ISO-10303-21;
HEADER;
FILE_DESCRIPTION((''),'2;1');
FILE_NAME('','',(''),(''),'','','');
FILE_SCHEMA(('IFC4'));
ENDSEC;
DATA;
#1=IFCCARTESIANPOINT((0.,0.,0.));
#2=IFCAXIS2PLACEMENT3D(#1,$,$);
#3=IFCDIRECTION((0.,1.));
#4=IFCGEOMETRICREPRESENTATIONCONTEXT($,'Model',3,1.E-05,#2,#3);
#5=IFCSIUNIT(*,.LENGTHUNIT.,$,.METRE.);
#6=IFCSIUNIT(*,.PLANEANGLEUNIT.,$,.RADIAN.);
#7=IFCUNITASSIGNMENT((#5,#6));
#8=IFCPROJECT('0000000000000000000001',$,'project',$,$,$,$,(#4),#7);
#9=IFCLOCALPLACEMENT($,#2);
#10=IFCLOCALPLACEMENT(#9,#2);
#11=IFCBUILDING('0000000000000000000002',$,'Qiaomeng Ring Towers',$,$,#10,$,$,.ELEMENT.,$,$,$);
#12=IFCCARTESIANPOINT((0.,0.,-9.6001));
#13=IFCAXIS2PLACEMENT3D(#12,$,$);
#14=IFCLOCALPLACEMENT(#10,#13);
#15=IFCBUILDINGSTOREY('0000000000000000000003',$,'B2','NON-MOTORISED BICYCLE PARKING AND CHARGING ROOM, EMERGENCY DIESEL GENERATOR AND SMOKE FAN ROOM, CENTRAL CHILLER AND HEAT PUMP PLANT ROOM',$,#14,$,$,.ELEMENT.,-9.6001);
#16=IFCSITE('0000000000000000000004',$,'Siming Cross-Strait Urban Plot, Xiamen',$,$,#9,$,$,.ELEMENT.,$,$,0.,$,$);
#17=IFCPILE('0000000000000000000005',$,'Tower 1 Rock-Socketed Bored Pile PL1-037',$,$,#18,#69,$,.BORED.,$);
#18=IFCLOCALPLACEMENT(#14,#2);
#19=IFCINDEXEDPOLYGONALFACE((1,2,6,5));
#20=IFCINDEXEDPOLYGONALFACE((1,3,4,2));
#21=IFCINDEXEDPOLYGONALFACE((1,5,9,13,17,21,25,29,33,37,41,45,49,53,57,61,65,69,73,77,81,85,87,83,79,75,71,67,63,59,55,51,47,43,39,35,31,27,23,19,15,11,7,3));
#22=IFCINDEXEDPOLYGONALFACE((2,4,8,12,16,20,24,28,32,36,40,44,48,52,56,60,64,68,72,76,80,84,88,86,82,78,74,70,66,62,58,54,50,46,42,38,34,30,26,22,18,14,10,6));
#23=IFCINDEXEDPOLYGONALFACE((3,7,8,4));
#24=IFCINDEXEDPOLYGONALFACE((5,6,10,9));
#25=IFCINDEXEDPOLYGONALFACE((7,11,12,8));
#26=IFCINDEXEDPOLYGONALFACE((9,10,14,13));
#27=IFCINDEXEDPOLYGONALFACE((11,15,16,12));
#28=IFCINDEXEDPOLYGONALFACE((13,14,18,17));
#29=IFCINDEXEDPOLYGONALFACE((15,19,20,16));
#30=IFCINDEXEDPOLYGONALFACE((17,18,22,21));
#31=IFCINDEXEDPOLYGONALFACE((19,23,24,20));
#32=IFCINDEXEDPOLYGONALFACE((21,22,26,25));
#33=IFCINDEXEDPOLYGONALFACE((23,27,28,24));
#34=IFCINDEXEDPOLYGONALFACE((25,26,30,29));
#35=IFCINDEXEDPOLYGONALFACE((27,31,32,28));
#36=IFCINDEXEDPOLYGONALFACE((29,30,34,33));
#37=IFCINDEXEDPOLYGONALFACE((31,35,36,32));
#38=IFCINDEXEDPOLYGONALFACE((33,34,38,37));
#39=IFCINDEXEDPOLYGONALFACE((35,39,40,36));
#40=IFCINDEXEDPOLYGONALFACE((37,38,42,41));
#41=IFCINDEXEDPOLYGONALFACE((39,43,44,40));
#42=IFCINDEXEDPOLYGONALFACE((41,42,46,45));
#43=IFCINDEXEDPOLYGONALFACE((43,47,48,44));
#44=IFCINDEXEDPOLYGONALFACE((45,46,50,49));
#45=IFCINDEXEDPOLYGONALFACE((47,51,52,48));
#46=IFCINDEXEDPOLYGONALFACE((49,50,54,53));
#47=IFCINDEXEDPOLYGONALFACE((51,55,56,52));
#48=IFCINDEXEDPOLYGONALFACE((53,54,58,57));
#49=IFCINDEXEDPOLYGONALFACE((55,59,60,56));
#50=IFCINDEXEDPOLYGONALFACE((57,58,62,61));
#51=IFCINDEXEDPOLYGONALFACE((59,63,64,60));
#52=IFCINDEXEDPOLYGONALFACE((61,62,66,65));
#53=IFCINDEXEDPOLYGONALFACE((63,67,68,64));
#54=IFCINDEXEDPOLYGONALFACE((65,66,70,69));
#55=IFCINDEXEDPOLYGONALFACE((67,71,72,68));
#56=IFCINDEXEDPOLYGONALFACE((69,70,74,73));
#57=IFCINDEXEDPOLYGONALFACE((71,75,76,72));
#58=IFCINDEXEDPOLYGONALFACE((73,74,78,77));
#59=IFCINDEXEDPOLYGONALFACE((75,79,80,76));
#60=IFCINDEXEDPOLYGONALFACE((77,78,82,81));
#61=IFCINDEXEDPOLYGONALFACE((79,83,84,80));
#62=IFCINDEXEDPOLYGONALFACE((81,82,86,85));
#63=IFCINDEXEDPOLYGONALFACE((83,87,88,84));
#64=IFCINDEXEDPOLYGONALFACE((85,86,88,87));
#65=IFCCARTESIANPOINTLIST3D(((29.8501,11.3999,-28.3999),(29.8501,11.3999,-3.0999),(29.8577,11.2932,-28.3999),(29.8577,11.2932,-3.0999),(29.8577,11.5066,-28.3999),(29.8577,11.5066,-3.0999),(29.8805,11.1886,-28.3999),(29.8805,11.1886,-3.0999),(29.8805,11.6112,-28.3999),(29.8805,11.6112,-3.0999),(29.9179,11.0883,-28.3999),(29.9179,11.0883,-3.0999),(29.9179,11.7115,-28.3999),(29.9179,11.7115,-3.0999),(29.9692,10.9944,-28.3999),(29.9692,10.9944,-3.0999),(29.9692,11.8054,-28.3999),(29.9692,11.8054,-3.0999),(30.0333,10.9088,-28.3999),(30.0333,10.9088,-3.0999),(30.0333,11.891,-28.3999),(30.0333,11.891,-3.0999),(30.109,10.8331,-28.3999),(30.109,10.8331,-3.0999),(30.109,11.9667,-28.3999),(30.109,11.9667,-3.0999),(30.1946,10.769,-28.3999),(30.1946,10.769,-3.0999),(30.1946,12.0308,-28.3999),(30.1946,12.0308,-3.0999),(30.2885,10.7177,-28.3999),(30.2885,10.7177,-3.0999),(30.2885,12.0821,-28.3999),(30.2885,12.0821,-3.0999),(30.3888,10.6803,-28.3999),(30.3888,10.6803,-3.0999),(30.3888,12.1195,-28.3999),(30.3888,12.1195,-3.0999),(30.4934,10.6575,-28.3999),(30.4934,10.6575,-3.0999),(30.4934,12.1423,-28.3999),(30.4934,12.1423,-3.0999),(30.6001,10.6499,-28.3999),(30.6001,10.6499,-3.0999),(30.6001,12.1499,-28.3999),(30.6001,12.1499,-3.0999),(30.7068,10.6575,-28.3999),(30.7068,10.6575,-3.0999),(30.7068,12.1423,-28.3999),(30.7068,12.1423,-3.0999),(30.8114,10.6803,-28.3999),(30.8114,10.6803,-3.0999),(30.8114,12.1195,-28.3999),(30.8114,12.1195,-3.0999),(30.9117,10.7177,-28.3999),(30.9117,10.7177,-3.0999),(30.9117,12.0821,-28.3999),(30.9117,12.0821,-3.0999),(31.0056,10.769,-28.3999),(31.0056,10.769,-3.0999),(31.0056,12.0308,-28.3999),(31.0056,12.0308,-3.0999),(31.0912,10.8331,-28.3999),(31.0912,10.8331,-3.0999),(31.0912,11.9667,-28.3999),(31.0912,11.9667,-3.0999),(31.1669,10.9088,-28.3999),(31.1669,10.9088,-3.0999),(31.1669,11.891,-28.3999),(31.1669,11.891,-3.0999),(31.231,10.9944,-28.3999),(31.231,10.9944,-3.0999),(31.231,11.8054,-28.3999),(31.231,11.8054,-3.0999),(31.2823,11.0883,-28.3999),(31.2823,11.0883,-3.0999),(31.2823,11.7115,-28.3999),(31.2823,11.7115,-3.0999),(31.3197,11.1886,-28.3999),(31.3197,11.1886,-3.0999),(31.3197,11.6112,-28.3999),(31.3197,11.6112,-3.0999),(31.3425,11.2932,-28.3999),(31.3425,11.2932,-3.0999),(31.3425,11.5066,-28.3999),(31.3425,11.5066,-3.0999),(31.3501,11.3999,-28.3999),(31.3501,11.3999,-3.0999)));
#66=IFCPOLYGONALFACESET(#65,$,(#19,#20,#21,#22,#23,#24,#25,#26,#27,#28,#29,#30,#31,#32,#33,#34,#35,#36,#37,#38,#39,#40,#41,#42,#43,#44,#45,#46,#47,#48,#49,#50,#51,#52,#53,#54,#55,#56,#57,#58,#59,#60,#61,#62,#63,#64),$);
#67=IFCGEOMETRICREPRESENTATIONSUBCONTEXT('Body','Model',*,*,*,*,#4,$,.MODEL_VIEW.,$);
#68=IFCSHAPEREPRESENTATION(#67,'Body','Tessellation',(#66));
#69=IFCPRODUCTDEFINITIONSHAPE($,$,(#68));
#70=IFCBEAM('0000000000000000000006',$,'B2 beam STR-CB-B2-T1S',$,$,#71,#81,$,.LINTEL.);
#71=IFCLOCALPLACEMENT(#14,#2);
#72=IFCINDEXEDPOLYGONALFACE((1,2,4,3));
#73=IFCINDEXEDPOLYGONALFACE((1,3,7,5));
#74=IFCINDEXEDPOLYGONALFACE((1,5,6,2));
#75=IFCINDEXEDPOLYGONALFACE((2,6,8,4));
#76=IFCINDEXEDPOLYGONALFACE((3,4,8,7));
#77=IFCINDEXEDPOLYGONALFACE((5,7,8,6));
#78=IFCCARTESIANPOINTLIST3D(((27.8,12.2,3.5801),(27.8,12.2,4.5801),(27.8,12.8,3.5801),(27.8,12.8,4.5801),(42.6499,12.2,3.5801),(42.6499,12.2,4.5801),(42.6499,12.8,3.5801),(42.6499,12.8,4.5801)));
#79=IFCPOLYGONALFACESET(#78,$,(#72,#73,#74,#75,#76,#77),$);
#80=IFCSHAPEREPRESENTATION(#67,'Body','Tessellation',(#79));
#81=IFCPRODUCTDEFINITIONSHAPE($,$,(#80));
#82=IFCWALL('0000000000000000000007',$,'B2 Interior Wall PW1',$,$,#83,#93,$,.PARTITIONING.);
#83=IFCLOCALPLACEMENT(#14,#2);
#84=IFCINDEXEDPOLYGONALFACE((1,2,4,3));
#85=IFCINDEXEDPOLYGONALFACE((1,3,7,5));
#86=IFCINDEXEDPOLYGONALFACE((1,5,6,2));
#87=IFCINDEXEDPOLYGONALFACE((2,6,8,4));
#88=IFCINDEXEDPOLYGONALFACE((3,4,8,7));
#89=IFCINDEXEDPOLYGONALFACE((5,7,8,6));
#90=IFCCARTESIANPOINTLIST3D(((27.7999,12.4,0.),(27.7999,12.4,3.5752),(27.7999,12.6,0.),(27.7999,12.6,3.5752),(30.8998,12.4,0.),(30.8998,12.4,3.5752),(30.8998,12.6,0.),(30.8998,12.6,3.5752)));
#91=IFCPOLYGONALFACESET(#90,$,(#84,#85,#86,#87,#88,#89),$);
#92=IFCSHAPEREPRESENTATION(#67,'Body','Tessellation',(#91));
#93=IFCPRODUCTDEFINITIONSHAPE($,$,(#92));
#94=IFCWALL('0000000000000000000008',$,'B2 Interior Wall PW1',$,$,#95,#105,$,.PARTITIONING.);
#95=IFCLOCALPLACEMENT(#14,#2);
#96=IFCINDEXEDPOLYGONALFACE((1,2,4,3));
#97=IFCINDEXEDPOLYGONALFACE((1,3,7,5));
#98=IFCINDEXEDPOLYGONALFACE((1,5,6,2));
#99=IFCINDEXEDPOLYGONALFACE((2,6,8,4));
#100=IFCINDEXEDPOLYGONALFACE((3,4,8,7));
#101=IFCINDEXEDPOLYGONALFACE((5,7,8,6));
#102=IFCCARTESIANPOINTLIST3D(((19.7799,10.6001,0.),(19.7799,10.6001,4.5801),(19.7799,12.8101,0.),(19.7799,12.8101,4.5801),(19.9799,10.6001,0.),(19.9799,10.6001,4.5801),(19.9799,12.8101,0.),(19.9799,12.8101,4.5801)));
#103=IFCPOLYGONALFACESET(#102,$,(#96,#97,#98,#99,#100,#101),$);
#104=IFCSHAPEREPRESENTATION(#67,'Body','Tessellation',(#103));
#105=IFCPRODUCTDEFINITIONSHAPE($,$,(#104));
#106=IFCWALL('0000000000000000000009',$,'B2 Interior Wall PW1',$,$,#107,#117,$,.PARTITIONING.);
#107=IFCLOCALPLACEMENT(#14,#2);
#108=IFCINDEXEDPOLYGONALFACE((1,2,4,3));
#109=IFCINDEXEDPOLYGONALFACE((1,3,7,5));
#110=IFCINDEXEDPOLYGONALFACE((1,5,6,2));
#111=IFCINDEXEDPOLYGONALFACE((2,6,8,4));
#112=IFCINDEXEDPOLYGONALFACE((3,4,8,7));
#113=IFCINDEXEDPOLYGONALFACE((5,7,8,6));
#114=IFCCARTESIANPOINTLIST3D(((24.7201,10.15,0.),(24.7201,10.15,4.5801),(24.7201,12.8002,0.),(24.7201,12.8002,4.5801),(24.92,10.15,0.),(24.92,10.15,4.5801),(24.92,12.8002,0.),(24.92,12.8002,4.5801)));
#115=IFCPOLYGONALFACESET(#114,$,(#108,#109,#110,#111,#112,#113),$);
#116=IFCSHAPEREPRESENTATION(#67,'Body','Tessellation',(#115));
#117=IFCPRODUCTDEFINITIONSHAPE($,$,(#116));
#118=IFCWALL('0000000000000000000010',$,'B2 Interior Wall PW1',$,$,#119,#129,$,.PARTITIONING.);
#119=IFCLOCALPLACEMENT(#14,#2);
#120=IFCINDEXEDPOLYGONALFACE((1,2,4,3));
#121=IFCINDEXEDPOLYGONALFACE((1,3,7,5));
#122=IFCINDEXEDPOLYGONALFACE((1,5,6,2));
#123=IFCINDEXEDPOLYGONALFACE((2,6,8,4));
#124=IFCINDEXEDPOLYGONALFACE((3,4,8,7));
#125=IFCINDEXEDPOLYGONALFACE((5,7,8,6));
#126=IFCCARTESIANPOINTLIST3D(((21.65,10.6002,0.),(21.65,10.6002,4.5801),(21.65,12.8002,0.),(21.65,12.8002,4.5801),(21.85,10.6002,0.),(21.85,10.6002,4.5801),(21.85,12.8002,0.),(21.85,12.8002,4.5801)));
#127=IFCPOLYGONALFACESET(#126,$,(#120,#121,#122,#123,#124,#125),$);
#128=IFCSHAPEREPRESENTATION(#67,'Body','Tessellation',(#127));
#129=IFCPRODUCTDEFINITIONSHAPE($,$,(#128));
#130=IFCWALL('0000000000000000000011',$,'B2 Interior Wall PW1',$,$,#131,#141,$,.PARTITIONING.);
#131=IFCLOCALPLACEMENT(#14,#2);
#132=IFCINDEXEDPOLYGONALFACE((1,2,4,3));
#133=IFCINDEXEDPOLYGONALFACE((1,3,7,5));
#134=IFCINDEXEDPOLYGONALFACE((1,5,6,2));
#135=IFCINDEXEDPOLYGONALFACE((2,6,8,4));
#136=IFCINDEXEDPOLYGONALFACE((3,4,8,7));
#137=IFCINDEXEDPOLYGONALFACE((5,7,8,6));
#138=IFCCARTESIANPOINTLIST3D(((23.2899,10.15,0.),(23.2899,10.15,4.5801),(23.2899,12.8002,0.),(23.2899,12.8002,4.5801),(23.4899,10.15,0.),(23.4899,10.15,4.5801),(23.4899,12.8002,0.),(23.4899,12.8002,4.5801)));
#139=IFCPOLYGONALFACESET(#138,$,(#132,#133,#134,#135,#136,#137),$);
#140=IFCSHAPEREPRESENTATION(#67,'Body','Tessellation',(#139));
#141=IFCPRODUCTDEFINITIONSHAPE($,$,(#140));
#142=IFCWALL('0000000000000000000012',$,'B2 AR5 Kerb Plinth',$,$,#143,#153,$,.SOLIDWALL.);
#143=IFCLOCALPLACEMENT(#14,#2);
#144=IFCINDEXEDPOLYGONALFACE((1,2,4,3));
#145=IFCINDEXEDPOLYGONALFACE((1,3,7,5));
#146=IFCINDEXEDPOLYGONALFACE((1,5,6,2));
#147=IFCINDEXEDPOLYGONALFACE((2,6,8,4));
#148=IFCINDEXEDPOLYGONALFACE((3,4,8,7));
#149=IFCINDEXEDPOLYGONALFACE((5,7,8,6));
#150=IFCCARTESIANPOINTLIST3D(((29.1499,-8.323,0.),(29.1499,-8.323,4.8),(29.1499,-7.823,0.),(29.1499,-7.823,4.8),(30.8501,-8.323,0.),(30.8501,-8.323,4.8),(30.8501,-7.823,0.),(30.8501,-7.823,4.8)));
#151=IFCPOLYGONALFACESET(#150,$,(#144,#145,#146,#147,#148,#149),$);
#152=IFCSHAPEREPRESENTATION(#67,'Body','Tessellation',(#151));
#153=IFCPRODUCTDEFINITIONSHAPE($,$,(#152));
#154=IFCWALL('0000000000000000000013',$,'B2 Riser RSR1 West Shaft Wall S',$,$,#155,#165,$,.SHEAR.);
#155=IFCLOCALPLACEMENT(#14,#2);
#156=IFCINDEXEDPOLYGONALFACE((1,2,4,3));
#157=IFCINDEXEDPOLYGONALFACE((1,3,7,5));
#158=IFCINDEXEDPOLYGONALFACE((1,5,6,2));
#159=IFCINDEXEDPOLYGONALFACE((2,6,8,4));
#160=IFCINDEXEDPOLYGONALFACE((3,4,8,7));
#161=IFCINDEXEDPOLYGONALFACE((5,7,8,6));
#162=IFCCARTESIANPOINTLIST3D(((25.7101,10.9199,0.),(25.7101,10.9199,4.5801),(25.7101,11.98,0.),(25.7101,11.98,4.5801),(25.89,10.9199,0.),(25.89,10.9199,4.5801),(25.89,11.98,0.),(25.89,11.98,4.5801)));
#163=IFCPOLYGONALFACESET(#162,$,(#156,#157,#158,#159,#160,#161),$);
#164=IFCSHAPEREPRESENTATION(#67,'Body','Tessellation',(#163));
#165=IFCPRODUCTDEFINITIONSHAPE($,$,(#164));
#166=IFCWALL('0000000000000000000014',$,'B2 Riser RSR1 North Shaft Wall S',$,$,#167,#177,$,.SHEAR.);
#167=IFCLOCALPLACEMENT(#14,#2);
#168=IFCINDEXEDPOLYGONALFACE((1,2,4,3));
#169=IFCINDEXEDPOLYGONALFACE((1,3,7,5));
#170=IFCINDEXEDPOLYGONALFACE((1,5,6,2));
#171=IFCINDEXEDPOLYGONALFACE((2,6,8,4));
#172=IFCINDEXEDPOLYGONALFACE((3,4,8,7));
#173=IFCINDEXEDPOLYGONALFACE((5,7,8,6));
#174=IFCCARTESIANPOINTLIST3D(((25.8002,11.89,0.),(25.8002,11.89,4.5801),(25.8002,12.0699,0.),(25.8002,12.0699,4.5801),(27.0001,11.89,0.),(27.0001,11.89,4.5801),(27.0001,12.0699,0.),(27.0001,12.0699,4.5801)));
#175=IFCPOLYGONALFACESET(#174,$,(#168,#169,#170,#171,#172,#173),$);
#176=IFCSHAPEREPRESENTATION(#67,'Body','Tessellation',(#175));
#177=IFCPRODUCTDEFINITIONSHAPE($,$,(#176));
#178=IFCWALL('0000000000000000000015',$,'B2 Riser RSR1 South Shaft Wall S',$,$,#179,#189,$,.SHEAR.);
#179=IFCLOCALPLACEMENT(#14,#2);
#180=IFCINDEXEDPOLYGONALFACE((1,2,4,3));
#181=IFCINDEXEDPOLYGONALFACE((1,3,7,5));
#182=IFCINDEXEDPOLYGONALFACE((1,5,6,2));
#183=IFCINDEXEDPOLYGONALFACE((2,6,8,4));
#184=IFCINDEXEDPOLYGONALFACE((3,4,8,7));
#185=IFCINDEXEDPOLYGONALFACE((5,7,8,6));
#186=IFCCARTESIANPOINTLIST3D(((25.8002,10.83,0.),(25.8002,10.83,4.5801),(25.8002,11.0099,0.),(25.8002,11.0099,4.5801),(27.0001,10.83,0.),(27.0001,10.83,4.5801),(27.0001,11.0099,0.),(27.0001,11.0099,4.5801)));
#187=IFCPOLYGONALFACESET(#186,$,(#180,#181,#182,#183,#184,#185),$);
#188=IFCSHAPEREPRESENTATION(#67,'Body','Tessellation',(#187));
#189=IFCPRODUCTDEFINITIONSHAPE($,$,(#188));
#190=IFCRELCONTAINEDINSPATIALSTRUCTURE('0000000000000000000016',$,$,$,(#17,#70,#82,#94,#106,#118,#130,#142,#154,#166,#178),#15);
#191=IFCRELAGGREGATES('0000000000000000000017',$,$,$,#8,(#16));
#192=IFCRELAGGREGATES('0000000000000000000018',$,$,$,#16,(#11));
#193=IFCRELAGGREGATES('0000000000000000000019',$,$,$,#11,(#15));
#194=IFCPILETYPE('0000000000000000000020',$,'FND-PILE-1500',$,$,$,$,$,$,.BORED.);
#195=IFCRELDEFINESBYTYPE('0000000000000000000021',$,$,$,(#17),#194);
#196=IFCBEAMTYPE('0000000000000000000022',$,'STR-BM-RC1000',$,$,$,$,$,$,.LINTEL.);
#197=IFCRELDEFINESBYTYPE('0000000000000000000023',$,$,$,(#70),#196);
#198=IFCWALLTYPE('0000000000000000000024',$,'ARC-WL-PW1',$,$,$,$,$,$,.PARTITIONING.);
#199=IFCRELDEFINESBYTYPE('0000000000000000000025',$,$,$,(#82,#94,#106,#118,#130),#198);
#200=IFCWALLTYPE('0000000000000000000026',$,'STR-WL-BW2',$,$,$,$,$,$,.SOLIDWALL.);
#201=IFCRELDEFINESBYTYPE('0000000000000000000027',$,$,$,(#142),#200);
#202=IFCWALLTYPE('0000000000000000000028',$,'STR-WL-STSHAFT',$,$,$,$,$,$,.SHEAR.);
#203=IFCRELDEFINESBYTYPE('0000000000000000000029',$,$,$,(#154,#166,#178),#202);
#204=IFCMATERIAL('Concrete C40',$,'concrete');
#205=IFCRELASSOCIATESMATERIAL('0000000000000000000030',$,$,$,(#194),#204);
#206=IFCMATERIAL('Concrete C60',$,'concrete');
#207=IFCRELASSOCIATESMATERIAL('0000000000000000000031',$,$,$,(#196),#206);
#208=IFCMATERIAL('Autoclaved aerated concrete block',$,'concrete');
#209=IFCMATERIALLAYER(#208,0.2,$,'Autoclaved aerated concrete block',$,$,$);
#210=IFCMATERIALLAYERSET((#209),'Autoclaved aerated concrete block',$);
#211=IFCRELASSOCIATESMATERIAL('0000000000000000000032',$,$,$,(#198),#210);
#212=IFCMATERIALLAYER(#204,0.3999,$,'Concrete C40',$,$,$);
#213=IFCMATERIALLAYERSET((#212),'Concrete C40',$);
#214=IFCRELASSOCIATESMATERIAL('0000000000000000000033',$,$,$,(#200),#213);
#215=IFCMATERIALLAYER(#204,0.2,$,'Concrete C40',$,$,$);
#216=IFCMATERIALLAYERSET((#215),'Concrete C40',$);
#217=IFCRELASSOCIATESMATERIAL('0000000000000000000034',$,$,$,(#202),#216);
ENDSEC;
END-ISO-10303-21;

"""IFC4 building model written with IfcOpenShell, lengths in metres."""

from ifc_helpers import new_model, si_unit, direction, frame, frame_2d, origin, origin_2d, place, context, subcontext, project, spatial, rectangle, circle, extrude, source, transform, mapped, material, layer, layer_set, material_profile, profile_set, type_object, element, save


model = new_model("IFC4")

# Units and contexts
model_context = context("Model", 3, precision=1e-05, world=origin(), true_north=direction((0.0, 1.0)))
body_context = subcontext(model_context, "Body", "Model", "MODEL_VIEW")
ifc_project = project(units=[si_unit("LENGTHUNIT", "METRE"), si_unit("PLANEANGLEUNIT", "RADIAN")], contexts=[model_context])

# Site, building, storey
site_placement = place(None, origin())
site = spatial("IfcSite", under=ifc_project, at=site_placement, Name="Siming Cross-Strait Urban Plot, Xiamen", CompositionType="ELEMENT", RefElevation=0.0)
building_placement = place(site_placement, origin())
building = spatial("IfcBuilding", under=site, at=building_placement, Name="Qiaomeng Ring Towers", CompositionType="ELEMENT")
storey_placement = place(building_placement, frame((0.0, 0.0, -9.6001)))
storey = spatial("IfcBuildingStorey", under=building, at=storey_placement, Name="B2", Description="NON-MOTORISED BICYCLE PARKING AND CHARGING ROOM, EMERGENCY DIESEL GENERATOR AND SMOKE FAN ROOM, CENTRAL CHILLER AND HEAT PUMP PLANT ROOM", CompositionType="ELEMENT", Elevation=-9.6001)

# Pile
ifc_material_1 = material(Name="Concrete C40", Category="concrete")
ifc_material_profile_1 = material_profile(ifc_material_1, circle(Radius=0.75, at=origin_2d()), Name="BORED PILE 1500")
ifc_profile_set_1 = profile_set([ifc_material_profile_1], Name="Concrete C40")
pile_type = type_object("IfcPileType", Name="FND-PILE-1500", PredefinedType="BORED", material=ifc_profile_set_1)
shared_shape_1 = source(origin(), body_context, "Body", "SweptSolid", [
    extrude(circle(Radius=0.75, at=origin_2d()), origin(), (0.0, 0.0, 1.0), 25.3),
])
for number, where, z_axis, x_axis, name in (
    (1, (30.6001, 11.3999, -3.0999), (0.0, 0.0, -1.0), (1.0, 0.0, 0.0), "Tower 1 Rock-Socketed Bored Pile PL1-037"),
):
    element("IfcPile", number, at=place(storey_placement, frame(where, z_axis=z_axis, x_axis=x_axis)), inside=storey, type_object=pile_type, Name=name, PredefinedType="BORED", context=body_context, shape_type="MappedRepresentation", body=[
        mapped(shared_shape_1, transform((0.0, 0.0, 0.0), x_axis=(1.0, 0.0, 0.0), y_axis=(0.0, 1.0, 0.0), z_axis=(0.0, 0.0, 1.0), scale=1.0)),
    ])

# Beam
ifc_material_2 = material(Name="Concrete C60", Category="concrete")
ifc_material_profile_2 = material_profile(ifc_material_2, rectangle(XDim=0.6001, YDim=1.0, at=origin_2d()), Name="RC BM 600x1000")
ifc_profile_set_2 = profile_set([ifc_material_profile_2], Name="Concrete C60")
beam_type = type_object("IfcBeamType", Name="STR-BM-RC1000", PredefinedType="LINTEL", material=ifc_profile_set_2)
shared_shape_2 = source(origin(), body_context, "Body", "SweptSolid", [
    extrude(rectangle(XDim=0.6001, YDim=1.0, at=origin_2d()), origin(), (0.0, 0.0, 1.0), 14.8499),
])
beam_placement = place(storey_placement, frame((27.8, 12.5, 4.0801), z_axis=(1.0, 0.0, 0.0), x_axis=(0.0, 1.0, 0.0)))
element("IfcBeam", 2, at=beam_placement, inside=storey, type_object=beam_type, Name="B2 beam STR-CB-B2-T1S", PredefinedType="LINTEL", context=body_context, shape_type="MappedRepresentation", body=[
    mapped(shared_shape_2, transform((0.0, 0.0, 0.0), x_axis=(1.0, 0.0, 0.0), y_axis=(0.0, 1.0, 0.0), z_axis=(0.0, 0.0, 1.0), scale=1.0)),
])

# Walls
ifc_material_3 = material(Name="Autoclaved aerated concrete block", Category="concrete")
ifc_layer_1 = layer(ifc_material_3, 0.2, Name="Autoclaved aerated concrete block")
ifc_layer_set_1 = layer_set([ifc_layer_1], Name="Autoclaved aerated concrete block")
wall_type_1 = type_object("IfcWallType", Name="ARC-WL-PW1", PredefinedType="PARTITIONING", material=ifc_layer_set_1)
wall_1_placement = place(storey_placement, frame((27.8, 12.5, 0.0), z_axis=(0.0, 0.0, 1.0), x_axis=(1.0, 0.0, 0.0)))
element("IfcWall", 3, at=wall_1_placement, inside=storey, type_object=wall_type_1, Name="B2 Interior Wall PW1", PredefinedType="PARTITIONING", context=body_context, shape_type="SweptSolid", body=[
    extrude(rectangle(XDim=3.0999, YDim=0.2, at=frame_2d((1.5498, 0.0))), origin(), (0.0, 0.0, 1.0), 3.5752),
])
wall_2_placement = place(storey_placement, frame((19.8799, 10.6001, 0.0), z_axis=(0.0, 0.0, 1.0), x_axis=(0.0, 1.0, 0.0)))
element("IfcWall", 4, at=wall_2_placement, inside=storey, type_object=wall_type_1, Name="B2 Interior Wall PW1", PredefinedType="PARTITIONING", context=body_context, shape_type="SweptSolid", body=[
    extrude(rectangle(XDim=2.21, YDim=0.2, at=frame_2d((1.105, 0.0))), origin(), (0.0, 0.0, 1.0), 4.5801),
])
wall_3_placement = place(storey_placement, frame((24.8201, 10.1499, 0.0), z_axis=(0.0, 0.0, 1.0), x_axis=(0.0, 1.0, 0.0)))
element("IfcWall", 5, at=wall_3_placement, inside=storey, type_object=wall_type_1, Name="B2 Interior Wall PW1", PredefinedType="PARTITIONING", context=body_context, shape_type="SweptSolid", body=[
    extrude(rectangle(XDim=2.6501, YDim=0.2, at=frame_2d((1.3252, 0.0))), origin(), (0.0, 0.0, 1.0), 4.5801),
])
wall_4_placement = place(storey_placement, frame((21.75, 10.6001, 0.0), z_axis=(0.0, 0.0, 1.0), x_axis=(0.0, 1.0, 0.0)))
element("IfcWall", 6, at=wall_4_placement, inside=storey, type_object=wall_type_1, Name="B2 Interior Wall PW1", PredefinedType="PARTITIONING", context=body_context, shape_type="SweptSolid", body=[
    extrude(rectangle(XDim=2.2, YDim=0.2, at=frame_2d((1.1001, 0.0))), origin(), (0.0, 0.0, 1.0), 4.5801),
])
wall_5_placement = place(storey_placement, frame((23.3899, 10.1499, 0.0), z_axis=(0.0, 0.0, 1.0), x_axis=(0.0, 1.0, 0.0)))
element("IfcWall", 7, at=wall_5_placement, inside=storey, type_object=wall_type_1, Name="B2 Interior Wall PW1", PredefinedType="PARTITIONING", context=body_context, shape_type="SweptSolid", body=[
    extrude(rectangle(XDim=2.6501, YDim=0.2, at=frame_2d((1.3252, 0.0))), origin(), (0.0, 0.0, 1.0), 4.5801),
])
ifc_layer_2 = layer(ifc_material_1, 0.3999, Name="Concrete C40")
ifc_layer_set_2 = layer_set([ifc_layer_2], Name="Concrete C40")
wall_type_2 = type_object("IfcWallType", Name="STR-WL-BW2", PredefinedType="SOLIDWALL", material=ifc_layer_set_2)
wall_6_placement = place(storey_placement, frame((29.1499, -8.073, 0.0), z_axis=(0.0, 0.0, 1.0), x_axis=(1.0, 0.0, 0.0)))
element("IfcWall", 8, at=wall_6_placement, inside=storey, type_object=wall_type_2, Name="B2 AR5 Kerb Plinth", PredefinedType="SOLIDWALL", context=body_context, shape_type="SweptSolid", body=[
    extrude(rectangle(XDim=1.7002, YDim=0.5, at=frame_2d((0.8501, 0.0))), origin(), (0.0, 0.0, 1.0), 4.8),
])
ifc_layer_3 = layer(ifc_material_1, 0.2, Name="Concrete C40")
ifc_layer_set_3 = layer_set([ifc_layer_3], Name="Concrete C40")
wall_type_3 = type_object("IfcWallType", Name="STR-WL-STSHAFT", PredefinedType="SHEAR", material=ifc_layer_set_3)
wall_7_placement = place(storey_placement, frame((25.8, 10.9199, 0.0), z_axis=(0.0, 0.0, 1.0), x_axis=(0.0, 1.0, 0.0)))
element("IfcWall", 9, at=wall_7_placement, inside=storey, type_object=wall_type_3, Name="B2 Riser RSR1 West Shaft Wall S", PredefinedType="SHEAR", context=body_context, shape_type="SweptSolid", body=[
    extrude(rectangle(XDim=1.0601, YDim=0.1799, at=frame_2d((0.53, 0.0))), origin(), (0.0, 0.0, 1.0), 4.5801),
])
for number, where, z_axis, x_axis, name in (
    (10, (25.8, 11.98, 0.0), (0.0, 0.0, 1.0), (1.0, 0.0, 0.0), "B2 Riser RSR1 North Shaft Wall S"),
    (11, (25.8, 10.9199, 0.0), (0.0, 0.0, 1.0), (1.0, 0.0, 0.0), "B2 Riser RSR1 South Shaft Wall S"),
):
    element("IfcWall", number, at=place(storey_placement, frame(where, z_axis=z_axis, x_axis=x_axis)), inside=storey, type_object=wall_type_3, Name=name, PredefinedType="SHEAR", context=body_context, shape_type="SweptSolid", body=[
        extrude(rectangle(XDim=1.2, YDim=0.1799, at=frame_2d((0.6001, 0.0))), origin(), (0.0, 0.0, 1.0), 4.5801),
    ])

save(model, "model.ifc")
